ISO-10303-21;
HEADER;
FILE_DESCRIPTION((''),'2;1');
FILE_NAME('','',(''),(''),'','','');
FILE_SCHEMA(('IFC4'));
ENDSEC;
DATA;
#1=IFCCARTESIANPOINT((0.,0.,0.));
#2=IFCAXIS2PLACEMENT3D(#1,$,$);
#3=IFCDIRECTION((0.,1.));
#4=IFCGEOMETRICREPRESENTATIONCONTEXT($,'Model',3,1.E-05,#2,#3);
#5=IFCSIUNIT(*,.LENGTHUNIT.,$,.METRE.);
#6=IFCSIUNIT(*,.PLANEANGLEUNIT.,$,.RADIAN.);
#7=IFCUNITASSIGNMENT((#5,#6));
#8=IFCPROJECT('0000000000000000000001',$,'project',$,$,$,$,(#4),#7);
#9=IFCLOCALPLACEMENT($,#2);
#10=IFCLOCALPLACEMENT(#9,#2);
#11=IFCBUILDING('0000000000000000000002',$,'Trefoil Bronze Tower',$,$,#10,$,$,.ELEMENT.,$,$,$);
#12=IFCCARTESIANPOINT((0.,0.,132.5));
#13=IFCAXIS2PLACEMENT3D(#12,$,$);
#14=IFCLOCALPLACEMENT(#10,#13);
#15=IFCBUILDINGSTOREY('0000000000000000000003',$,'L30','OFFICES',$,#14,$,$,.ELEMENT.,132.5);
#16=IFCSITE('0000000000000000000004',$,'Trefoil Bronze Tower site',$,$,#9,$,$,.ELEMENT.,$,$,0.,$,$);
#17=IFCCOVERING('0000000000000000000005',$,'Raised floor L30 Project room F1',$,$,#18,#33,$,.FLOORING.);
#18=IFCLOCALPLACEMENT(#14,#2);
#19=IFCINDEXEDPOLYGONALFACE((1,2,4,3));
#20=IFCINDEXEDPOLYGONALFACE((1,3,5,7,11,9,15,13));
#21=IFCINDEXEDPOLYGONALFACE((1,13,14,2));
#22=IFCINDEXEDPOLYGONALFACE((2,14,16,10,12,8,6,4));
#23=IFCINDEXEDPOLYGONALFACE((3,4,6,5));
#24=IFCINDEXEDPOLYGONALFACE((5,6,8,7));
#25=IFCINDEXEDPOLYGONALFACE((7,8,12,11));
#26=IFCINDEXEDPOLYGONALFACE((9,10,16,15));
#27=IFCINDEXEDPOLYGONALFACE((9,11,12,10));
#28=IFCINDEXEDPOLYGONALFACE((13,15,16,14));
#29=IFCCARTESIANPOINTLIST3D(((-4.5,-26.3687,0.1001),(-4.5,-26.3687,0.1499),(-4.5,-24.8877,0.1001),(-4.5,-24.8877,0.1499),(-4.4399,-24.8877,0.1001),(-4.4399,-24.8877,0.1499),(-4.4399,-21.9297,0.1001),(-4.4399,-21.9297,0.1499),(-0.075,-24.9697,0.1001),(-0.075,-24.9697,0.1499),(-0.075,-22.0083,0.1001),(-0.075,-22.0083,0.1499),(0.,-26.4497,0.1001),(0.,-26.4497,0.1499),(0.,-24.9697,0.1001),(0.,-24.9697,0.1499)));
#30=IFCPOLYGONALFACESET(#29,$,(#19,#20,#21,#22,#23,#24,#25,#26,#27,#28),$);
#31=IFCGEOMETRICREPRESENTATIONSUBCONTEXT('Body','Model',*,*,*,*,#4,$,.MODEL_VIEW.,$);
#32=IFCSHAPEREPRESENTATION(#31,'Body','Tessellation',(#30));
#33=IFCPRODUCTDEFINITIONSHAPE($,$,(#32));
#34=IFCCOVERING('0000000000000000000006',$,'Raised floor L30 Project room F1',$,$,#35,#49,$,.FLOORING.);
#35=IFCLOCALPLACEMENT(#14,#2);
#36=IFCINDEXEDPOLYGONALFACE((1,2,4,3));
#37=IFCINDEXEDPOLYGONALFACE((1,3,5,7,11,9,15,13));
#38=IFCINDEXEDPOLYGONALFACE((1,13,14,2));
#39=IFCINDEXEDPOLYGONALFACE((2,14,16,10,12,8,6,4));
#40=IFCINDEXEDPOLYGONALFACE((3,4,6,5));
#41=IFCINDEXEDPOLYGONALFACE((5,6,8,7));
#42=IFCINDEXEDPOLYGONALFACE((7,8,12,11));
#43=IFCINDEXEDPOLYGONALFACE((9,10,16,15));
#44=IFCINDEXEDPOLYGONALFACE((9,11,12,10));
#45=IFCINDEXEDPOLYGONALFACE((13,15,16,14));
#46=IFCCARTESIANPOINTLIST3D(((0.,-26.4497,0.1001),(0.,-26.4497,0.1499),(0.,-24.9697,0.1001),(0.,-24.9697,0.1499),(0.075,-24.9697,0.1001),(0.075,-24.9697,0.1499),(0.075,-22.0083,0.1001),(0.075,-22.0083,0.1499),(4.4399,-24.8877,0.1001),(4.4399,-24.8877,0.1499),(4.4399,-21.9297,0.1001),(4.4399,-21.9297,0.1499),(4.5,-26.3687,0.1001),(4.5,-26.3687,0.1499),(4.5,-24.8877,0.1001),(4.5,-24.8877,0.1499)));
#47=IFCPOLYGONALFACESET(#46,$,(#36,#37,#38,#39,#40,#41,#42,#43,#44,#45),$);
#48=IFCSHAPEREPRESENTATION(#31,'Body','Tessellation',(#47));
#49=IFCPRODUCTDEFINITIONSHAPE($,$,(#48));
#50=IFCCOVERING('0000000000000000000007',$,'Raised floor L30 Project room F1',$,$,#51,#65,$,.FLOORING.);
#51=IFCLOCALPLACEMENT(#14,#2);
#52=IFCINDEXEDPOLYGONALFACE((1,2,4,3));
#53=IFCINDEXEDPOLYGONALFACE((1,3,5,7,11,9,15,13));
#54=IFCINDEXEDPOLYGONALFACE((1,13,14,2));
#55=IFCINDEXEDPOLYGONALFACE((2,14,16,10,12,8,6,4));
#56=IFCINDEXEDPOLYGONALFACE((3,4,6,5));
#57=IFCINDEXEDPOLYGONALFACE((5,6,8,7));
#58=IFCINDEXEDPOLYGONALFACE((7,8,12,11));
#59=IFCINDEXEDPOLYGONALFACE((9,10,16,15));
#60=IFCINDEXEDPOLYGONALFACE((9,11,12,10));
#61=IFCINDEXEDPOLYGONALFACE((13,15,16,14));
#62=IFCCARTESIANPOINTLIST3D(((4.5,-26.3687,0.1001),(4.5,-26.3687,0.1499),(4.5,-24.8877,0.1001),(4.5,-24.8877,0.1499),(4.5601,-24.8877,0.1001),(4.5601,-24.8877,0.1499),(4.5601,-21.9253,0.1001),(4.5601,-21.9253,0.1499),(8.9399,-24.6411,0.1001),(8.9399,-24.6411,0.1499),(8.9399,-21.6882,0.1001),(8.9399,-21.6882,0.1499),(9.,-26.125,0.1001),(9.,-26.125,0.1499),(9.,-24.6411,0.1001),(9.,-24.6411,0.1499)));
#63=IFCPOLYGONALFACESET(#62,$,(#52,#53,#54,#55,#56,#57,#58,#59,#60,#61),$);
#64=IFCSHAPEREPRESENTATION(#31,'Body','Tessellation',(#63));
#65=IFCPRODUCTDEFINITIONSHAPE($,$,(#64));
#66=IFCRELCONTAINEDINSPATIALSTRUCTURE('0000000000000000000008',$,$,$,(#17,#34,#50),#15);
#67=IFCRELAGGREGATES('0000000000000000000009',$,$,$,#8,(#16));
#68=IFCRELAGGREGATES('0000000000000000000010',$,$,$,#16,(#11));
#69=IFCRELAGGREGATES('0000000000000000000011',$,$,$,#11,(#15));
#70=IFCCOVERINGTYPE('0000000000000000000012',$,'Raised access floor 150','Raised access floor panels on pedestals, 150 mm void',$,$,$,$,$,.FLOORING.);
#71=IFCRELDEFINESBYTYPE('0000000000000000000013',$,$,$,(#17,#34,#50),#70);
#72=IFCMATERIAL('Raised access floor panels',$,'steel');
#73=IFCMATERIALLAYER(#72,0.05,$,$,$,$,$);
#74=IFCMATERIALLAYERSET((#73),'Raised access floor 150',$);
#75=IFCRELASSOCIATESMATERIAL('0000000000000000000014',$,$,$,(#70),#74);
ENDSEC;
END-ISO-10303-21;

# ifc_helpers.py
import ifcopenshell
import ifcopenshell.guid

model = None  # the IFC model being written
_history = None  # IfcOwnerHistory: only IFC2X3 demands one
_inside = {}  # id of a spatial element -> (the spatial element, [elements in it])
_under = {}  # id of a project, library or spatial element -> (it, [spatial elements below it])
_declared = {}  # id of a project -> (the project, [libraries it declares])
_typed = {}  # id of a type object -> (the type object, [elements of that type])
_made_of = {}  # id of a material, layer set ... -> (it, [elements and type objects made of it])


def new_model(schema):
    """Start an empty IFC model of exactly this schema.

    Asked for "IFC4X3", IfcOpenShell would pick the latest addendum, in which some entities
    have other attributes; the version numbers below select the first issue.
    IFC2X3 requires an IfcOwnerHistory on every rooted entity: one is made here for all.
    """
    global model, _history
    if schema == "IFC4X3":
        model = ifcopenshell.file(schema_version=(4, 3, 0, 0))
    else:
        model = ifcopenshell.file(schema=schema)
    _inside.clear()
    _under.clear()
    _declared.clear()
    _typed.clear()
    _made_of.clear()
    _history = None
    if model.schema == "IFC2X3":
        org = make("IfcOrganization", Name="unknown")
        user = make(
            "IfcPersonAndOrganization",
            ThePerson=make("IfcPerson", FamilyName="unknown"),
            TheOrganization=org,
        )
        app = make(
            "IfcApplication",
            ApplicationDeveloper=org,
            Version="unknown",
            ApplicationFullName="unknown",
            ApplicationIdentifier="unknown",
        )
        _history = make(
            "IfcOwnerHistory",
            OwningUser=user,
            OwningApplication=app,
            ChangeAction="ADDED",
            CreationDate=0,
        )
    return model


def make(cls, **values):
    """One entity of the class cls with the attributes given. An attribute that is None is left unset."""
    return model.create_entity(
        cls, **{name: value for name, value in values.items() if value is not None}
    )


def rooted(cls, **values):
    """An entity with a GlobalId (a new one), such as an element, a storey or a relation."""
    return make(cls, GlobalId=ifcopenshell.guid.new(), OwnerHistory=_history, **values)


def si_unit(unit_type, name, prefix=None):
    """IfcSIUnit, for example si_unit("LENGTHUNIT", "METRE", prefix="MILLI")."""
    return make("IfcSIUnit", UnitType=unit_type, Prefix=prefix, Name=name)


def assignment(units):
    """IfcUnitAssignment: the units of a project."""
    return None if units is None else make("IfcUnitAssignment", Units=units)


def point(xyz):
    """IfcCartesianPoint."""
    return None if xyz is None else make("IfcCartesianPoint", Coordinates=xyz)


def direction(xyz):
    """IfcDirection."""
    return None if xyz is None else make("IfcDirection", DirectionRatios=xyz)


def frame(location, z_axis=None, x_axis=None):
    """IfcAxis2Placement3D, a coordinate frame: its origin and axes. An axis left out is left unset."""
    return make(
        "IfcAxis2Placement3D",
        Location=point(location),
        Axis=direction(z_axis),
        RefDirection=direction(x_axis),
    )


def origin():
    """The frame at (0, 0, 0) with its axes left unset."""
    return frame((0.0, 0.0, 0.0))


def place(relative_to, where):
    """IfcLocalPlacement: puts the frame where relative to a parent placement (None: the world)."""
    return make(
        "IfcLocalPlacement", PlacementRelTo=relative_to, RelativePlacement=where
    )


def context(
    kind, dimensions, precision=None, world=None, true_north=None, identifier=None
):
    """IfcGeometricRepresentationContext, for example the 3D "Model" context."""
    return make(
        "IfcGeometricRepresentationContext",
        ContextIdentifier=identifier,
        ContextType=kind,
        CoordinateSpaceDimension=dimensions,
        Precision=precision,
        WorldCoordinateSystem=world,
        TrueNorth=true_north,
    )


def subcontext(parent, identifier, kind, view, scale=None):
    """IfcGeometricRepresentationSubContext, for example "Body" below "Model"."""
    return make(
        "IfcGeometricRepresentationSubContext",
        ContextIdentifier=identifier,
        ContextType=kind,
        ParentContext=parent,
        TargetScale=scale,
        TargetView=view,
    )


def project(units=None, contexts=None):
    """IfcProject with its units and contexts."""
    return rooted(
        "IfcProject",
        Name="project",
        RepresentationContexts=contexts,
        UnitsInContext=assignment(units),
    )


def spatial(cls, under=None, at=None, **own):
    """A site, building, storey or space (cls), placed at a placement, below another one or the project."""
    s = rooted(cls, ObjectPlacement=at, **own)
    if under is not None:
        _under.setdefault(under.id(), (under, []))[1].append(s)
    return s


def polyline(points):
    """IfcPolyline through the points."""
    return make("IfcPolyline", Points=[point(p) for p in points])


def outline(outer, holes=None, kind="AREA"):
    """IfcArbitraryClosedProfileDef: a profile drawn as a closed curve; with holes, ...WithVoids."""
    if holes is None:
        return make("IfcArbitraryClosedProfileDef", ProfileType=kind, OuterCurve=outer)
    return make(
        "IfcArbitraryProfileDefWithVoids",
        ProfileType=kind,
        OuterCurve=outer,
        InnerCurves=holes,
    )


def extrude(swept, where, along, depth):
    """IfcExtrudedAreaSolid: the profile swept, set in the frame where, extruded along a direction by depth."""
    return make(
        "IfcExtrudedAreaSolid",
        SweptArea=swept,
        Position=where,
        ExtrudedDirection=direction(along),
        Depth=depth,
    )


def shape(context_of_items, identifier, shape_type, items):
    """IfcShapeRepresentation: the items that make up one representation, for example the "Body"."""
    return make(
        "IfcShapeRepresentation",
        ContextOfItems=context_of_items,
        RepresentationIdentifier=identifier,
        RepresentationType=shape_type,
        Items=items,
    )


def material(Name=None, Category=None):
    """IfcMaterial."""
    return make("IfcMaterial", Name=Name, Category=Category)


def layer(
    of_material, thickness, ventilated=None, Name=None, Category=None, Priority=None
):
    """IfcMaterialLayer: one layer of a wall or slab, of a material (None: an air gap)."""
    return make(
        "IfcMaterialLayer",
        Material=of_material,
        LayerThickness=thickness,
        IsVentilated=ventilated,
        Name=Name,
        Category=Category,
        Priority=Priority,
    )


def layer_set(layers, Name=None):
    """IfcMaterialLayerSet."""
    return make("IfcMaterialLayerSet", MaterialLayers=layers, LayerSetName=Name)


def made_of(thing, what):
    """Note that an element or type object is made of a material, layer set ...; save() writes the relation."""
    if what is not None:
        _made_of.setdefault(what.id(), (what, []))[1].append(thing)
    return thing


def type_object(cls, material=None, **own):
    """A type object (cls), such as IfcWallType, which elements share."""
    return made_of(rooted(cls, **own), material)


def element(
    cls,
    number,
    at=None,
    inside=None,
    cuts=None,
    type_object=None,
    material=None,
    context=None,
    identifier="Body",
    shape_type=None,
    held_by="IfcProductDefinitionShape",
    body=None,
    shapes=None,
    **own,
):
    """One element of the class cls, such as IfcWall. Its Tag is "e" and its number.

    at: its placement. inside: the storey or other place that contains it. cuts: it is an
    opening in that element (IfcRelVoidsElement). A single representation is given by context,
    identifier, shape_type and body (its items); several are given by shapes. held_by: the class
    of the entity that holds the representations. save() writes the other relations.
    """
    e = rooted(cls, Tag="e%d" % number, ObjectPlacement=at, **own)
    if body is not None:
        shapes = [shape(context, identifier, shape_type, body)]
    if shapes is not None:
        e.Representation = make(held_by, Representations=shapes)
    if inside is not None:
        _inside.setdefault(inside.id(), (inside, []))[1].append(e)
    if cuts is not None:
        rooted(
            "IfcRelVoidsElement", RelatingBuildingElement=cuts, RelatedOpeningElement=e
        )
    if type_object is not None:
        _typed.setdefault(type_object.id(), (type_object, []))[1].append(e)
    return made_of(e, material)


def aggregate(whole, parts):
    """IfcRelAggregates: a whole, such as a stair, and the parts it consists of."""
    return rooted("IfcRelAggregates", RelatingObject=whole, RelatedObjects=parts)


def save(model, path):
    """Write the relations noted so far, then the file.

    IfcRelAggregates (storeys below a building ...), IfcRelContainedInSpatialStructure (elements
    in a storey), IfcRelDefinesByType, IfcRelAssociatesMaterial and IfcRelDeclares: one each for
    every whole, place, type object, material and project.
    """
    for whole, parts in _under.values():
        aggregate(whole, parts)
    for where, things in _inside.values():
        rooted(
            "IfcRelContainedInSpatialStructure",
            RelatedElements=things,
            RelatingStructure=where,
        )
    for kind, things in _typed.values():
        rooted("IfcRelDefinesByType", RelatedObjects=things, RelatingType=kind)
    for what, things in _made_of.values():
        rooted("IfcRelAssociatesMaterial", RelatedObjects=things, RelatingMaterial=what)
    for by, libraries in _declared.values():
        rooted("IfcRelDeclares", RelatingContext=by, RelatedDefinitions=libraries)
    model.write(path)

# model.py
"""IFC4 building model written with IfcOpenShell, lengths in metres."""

from ifc_helpers import new_model, si_unit, direction, frame, origin, place, context, subcontext, project, spatial, polyline, outline, extrude, material, layer, layer_set, type_object, element, save


model = new_model("IFC4")

# Units and contexts
model_context = context("Model", 3, precision=1e-05, world=origin(), true_north=direction((0.0, 1.0)))
body_context = subcontext(model_context, "Body", "Model", "MODEL_VIEW")
ifc_project = project(units=[si_unit("LENGTHUNIT", "METRE"), si_unit("PLANEANGLEUNIT", "RADIAN")], contexts=[model_context])

# Site, building, storey
site_placement = place(None, origin())
site = spatial("IfcSite", under=ifc_project, at=site_placement, Name="Trefoil Bronze Tower site", CompositionType="ELEMENT", RefElevation=0.0)
building_placement = place(site_placement, origin())
building = spatial("IfcBuilding", under=site, at=building_placement, Name="Trefoil Bronze Tower", CompositionType="ELEMENT")
storey_placement = place(building_placement, frame((0.0, 0.0, 132.5)))
storey = spatial("IfcBuildingStorey", under=building, at=storey_placement, Name="L30", Description="OFFICES", CompositionType="ELEMENT", Elevation=132.5)

# Coverings
ifc_material_1 = material(Name="Raised access floor panels", Category="steel")
ifc_layer_1 = layer(ifc_material_1, 0.05)
ifc_layer_set_1 = layer_set([ifc_layer_1], Name="Raised access floor 150")
covering_type_1 = type_object("IfcCoveringType", Name="Raised access floor 150", Description="Raised access floor panels on pedestals, 150 mm void", PredefinedType="FLOORING", material=ifc_layer_set_1)
covering_1_placement = place(storey_placement, frame((0.0, 0.0, 0.1001)))
element("IfcCovering", 1, at=covering_1_placement, inside=storey, type_object=covering_type_1, Name="Raised floor L30 Project room F1", PredefinedType="FLOORING", context=body_context, shape_type="SweptSolid", body=[
    extrude(outline(polyline([(0.0, -26.4497), (-4.5, -26.3687), (-4.5, -24.8877), (-4.4399, -24.8877), (-4.4399, -21.9297), (-0.075, -22.0083), (-0.075, -24.9697), (0.0, -24.9697), (0.0, -26.4497)])), origin(), (0.0, 0.0, 1.0), 0.0498),
])
covering_2_placement = place(storey_placement, frame((0.0, 0.0, 0.1001)))
element("IfcCovering", 2, at=covering_2_placement, inside=storey, type_object=covering_type_1, Name="Raised floor L30 Project room F1", PredefinedType="FLOORING", context=body_context, shape_type="SweptSolid", body=[
    extrude(outline(polyline([(4.5, -26.3687), (0.0, -26.4497), (0.0, -24.9697), (0.075, -24.9697), (0.075, -22.0083), (4.4399, -21.9297), (4.4399, -24.8877), (4.5, -24.8877), (4.5, -26.3687)])), origin(), (0.0, 0.0, 1.0), 0.0498),
])
covering_3_placement = place(storey_placement, frame((0.0, 0.0, 0.1001)))
element("IfcCovering", 3, at=covering_3_placement, inside=storey, type_object=covering_type_1, Name="Raised floor L30 Project room F1", PredefinedType="FLOORING", context=body_context, shape_type="SweptSolid", body=[
    extrude(outline(polyline([(9.0, -26.125), (4.5, -26.3687), (4.5, -24.8877), (4.5601, -24.8877), (4.5601, -21.9253), (8.9399, -21.6882), (8.9399, -24.6411), (9.0, -24.6411), (9.0, -26.125)])), origin(), (0.0, 0.0, 1.0), 0.0498),
])

save(model, "model.ifc")
